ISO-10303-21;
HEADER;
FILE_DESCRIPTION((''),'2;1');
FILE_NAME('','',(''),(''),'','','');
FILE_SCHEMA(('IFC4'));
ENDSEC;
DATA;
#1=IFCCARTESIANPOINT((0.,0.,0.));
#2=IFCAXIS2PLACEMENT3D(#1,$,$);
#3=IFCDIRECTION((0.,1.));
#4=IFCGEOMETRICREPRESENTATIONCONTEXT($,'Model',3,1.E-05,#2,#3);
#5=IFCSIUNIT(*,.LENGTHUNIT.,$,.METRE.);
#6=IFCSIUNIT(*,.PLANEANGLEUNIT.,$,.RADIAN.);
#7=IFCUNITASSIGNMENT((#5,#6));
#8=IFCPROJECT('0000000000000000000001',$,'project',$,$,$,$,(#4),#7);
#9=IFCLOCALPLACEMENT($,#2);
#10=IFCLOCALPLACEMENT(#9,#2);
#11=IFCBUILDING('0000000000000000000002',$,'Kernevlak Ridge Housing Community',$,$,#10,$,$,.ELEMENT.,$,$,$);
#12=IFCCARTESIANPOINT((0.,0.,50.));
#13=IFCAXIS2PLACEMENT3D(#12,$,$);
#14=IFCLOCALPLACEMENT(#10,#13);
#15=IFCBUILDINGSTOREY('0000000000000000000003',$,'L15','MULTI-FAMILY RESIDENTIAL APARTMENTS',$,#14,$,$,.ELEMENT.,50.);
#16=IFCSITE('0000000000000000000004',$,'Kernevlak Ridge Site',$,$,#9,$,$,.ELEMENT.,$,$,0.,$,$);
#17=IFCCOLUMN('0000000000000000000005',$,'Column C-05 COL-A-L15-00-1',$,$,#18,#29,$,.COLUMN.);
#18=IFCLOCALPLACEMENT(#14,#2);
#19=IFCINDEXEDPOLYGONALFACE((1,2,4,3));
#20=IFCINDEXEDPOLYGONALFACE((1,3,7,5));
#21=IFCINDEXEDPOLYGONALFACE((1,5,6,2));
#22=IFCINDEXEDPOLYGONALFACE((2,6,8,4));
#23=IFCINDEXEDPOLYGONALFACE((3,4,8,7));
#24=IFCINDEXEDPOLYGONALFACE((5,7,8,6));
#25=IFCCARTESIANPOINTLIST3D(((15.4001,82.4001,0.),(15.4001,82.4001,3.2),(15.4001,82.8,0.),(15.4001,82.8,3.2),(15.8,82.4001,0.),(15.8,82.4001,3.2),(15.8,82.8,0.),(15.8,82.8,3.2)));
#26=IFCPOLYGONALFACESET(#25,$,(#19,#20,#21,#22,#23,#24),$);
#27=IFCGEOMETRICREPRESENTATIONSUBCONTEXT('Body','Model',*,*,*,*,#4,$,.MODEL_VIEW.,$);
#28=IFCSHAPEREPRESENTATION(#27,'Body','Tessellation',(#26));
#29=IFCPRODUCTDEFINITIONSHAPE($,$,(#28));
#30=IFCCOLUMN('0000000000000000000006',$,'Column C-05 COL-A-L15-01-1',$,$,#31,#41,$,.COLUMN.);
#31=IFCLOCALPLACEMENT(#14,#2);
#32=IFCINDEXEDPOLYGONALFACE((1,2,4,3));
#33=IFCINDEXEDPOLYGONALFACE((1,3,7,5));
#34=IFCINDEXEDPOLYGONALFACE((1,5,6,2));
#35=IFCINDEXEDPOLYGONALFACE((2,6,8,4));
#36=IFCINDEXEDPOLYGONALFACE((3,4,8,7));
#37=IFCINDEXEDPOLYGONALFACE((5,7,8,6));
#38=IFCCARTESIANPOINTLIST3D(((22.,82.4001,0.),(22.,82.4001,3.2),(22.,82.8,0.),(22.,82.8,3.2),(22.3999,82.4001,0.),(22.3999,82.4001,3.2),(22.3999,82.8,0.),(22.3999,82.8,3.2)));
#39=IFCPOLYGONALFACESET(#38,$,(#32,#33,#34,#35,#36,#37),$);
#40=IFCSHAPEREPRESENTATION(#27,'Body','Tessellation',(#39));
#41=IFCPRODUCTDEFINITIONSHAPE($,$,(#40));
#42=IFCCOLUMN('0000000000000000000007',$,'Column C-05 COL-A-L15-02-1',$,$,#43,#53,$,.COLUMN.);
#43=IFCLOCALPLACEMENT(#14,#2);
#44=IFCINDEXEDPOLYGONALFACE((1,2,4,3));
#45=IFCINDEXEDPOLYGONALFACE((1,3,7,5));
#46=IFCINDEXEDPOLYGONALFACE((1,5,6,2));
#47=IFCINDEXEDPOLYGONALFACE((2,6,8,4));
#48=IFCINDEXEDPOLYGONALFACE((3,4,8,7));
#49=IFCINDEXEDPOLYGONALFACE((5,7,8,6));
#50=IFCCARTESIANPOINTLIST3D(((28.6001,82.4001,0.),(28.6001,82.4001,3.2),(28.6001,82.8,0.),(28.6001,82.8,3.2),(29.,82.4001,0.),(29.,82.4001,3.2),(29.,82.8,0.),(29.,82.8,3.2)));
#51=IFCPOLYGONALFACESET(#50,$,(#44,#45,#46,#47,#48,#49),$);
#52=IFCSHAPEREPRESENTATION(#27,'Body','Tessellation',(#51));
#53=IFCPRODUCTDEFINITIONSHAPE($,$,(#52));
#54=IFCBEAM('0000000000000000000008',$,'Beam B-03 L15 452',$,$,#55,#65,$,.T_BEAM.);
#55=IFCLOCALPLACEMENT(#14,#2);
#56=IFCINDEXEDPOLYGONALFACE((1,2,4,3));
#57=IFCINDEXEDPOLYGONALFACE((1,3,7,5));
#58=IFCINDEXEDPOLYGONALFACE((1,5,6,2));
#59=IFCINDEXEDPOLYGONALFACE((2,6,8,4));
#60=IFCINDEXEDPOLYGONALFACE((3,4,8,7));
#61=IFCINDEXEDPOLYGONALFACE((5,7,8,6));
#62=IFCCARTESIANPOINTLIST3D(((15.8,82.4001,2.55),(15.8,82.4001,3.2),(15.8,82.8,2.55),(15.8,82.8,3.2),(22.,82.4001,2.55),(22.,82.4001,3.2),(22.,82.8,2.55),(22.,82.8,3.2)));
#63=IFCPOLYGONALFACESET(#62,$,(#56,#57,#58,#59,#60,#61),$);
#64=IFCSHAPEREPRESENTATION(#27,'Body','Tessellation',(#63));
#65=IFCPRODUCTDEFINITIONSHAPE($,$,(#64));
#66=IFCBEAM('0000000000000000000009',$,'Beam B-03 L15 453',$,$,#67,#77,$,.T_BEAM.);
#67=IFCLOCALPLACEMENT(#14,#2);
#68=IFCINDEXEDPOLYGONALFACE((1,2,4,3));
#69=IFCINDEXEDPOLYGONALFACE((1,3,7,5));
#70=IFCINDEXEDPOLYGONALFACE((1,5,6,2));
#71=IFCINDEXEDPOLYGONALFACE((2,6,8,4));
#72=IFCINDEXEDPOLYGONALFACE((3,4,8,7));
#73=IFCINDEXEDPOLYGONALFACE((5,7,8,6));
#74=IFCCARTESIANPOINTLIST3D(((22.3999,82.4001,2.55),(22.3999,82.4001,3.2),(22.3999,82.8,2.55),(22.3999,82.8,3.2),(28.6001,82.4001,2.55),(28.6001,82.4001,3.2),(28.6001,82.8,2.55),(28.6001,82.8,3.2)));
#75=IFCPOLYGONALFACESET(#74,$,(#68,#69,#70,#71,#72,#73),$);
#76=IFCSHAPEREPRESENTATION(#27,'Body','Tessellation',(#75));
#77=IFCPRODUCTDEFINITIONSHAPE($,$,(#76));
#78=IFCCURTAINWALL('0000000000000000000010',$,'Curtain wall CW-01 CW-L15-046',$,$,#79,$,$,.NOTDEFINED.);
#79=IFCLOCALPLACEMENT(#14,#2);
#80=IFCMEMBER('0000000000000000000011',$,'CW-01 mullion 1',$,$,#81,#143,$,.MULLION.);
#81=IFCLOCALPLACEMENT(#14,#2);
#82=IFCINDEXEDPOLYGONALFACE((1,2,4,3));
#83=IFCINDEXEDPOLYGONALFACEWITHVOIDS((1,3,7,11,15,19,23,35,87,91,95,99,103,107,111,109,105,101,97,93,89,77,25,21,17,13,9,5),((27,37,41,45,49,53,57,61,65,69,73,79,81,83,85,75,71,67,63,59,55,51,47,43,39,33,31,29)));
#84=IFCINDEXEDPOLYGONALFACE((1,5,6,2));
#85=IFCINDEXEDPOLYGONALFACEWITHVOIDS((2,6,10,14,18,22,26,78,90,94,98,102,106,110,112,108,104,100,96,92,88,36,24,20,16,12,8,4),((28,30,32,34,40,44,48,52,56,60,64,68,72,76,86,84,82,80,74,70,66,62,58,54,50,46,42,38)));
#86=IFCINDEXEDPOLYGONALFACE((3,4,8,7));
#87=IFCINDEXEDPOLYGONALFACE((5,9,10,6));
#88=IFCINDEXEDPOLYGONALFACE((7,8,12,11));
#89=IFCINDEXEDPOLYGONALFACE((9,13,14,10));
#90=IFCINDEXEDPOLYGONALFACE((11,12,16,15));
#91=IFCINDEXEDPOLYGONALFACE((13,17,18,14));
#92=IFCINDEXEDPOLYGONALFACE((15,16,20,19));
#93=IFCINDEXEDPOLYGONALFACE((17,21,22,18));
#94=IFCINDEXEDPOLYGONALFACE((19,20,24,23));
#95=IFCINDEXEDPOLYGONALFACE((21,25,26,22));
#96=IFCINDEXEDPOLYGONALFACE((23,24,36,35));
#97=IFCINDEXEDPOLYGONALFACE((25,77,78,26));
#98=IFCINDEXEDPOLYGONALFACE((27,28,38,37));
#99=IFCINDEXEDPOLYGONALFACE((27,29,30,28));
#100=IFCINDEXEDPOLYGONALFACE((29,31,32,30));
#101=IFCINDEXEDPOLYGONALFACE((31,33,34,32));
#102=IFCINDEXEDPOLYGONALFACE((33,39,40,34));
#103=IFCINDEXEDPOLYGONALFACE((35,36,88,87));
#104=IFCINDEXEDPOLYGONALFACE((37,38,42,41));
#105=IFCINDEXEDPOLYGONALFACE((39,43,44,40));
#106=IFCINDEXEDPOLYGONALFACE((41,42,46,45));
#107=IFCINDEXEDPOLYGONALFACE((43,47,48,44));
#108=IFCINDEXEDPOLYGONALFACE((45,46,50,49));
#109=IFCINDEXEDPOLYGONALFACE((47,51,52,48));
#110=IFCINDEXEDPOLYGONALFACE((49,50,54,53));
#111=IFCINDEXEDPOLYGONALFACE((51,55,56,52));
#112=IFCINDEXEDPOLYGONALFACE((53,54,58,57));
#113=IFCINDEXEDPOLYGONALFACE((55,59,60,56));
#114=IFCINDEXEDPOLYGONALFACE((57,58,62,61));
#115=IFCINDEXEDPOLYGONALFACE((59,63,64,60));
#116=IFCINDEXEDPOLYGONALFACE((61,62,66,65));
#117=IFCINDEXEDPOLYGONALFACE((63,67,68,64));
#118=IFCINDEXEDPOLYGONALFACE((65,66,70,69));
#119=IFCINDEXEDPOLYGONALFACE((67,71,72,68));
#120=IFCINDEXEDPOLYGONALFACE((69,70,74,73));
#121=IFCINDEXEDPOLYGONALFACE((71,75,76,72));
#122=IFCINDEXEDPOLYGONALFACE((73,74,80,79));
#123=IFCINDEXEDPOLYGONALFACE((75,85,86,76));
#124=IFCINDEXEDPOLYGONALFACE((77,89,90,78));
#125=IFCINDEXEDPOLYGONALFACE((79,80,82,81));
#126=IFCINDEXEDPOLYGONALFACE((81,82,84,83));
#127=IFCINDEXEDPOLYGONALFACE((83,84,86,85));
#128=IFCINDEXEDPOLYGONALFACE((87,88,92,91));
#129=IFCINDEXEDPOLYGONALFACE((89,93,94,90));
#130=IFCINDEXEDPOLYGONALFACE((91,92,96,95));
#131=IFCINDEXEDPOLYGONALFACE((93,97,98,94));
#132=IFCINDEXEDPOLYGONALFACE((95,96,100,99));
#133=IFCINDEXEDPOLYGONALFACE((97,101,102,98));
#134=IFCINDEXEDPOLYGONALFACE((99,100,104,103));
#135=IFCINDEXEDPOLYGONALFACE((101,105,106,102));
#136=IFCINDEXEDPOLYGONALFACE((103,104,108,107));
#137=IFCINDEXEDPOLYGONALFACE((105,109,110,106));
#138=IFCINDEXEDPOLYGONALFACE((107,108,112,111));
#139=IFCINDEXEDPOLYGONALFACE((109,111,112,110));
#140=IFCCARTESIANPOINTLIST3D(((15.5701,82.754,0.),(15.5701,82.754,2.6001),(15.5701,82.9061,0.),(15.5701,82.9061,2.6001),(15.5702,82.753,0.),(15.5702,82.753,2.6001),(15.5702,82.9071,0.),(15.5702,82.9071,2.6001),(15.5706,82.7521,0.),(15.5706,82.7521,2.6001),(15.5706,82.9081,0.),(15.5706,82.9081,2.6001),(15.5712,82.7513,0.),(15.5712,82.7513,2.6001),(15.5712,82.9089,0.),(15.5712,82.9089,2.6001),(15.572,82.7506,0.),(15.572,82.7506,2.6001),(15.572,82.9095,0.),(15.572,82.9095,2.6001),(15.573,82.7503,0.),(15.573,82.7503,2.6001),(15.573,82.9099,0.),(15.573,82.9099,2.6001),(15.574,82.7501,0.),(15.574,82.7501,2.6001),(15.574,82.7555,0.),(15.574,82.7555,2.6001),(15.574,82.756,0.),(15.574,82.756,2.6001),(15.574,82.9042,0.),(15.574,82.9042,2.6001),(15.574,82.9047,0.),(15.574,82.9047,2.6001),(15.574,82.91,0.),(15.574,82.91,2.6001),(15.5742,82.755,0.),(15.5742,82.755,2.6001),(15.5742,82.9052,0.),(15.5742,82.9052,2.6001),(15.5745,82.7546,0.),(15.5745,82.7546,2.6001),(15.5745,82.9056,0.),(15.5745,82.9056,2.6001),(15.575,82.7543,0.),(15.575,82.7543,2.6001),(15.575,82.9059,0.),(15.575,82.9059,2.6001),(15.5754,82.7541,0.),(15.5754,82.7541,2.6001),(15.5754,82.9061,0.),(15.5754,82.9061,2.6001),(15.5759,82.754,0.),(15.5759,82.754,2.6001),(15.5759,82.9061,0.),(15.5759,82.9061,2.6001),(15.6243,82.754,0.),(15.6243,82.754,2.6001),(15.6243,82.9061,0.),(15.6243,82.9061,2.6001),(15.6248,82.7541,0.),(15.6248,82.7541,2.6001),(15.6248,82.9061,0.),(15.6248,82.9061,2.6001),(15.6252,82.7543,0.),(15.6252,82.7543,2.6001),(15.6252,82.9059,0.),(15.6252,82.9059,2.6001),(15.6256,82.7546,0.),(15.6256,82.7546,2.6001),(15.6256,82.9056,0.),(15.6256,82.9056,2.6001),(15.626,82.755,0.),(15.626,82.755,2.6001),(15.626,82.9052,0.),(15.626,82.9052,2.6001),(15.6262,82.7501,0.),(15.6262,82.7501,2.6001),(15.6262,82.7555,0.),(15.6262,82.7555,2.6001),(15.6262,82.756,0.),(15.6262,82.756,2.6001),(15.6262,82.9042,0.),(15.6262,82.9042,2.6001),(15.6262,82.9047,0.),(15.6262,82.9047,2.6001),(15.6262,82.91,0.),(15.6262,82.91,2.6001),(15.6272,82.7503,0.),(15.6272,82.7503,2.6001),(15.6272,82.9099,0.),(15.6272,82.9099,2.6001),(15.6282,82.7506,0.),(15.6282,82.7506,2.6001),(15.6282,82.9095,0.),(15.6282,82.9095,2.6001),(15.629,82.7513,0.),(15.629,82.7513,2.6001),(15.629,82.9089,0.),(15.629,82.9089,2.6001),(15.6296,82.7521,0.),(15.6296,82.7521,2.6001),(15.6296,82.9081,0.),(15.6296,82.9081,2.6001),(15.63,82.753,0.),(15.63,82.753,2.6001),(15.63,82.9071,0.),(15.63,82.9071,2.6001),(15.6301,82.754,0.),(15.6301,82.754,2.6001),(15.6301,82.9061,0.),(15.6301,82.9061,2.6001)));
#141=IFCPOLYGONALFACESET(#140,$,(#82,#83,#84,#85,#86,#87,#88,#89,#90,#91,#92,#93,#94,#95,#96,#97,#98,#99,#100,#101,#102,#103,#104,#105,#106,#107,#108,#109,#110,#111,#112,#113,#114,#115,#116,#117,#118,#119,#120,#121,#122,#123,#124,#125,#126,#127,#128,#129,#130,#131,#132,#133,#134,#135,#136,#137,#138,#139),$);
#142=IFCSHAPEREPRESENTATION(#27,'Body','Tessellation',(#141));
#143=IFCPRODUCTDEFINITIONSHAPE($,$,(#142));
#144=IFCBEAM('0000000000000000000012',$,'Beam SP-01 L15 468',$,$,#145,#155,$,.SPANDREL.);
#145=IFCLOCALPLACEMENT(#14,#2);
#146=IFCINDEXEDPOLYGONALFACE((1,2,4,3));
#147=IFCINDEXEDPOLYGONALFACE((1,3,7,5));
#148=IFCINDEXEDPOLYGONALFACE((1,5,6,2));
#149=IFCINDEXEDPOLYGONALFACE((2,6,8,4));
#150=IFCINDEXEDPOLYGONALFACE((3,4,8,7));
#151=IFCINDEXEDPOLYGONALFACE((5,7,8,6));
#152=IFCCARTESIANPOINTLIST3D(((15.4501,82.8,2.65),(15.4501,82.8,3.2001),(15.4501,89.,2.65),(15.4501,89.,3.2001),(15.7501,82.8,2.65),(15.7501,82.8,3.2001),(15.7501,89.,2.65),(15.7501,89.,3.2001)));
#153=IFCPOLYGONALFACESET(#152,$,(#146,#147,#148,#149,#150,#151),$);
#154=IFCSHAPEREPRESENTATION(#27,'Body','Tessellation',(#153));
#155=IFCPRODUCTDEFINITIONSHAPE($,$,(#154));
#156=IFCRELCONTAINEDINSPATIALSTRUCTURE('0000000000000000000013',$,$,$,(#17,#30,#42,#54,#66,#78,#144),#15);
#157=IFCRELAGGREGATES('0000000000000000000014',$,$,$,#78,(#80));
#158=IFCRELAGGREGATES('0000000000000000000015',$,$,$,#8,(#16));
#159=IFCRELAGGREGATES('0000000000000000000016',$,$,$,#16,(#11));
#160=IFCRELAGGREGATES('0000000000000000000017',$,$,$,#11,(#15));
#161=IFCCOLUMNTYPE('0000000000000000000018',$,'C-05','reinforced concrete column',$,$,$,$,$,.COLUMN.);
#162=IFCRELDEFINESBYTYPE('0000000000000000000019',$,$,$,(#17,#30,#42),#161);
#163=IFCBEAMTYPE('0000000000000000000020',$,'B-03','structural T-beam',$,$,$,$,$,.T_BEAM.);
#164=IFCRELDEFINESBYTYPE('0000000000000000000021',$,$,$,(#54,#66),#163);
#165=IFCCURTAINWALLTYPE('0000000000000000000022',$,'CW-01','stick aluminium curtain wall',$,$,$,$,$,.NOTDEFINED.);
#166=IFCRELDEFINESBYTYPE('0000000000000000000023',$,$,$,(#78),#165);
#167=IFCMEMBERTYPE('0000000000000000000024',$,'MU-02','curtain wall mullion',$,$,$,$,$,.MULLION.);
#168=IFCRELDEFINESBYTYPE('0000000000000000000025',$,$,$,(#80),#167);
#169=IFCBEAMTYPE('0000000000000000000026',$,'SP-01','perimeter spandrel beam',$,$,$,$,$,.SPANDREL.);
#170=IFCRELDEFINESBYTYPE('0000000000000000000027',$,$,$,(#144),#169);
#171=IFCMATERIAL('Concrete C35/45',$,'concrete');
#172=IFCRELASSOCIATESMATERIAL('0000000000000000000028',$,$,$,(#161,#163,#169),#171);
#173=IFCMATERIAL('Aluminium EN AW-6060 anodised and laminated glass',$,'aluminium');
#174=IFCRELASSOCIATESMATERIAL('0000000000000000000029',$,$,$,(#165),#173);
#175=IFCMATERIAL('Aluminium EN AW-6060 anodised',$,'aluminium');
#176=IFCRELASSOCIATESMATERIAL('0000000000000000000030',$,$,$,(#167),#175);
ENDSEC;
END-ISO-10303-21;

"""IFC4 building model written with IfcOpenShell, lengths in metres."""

from ifc_helpers import new_model, si_unit, direction, frame, origin, origin_2d, place, context, subcontext, project, spatial, rectangle, hollow_rectangle, extrude, material, material_profile, profile_set, type_object, element, aggregate, save


model = new_model("IFC4")

# Units and contexts
model_context = context("Model", 3, precision=1e-05, world=origin(), true_north=direction((0.0, 1.0)))
body_context = subcontext(model_context, "Body", "Model", "MODEL_VIEW")
ifc_project = project(units=[si_unit("LENGTHUNIT", "METRE"), si_unit("PLANEANGLEUNIT", "RADIAN")], contexts=[model_context])

# Site, building, storey
site_placement = place(None, origin())
site = spatial("IfcSite", under=ifc_project, at=site_placement, Name="Kernevlak Ridge Site", CompositionType="ELEMENT", RefElevation=0.0)
building_placement = place(site_placement, origin())
building = spatial("IfcBuilding", under=site, at=building_placement, Name="Kernevlak Ridge Housing Community", CompositionType="ELEMENT")
storey_placement = place(building_placement, frame((0.0, 0.0, 50.0)))
storey = spatial("IfcBuildingStorey", under=building, at=storey_placement, Name="L15", Description="MULTI-FAMILY RESIDENTIAL APARTMENTS", CompositionType="ELEMENT", Elevation=50.0)

# Columns
ifc_material_1 = material(Name="Concrete C35/45", Category="concrete")
ifc_material_profile_1 = material_profile(ifc_material_1, rectangle(XDim=0.3999, YDim=0.3999, at=origin_2d()), Name="RC 400x400")
ifc_profile_set_1 = profile_set([ifc_material_profile_1], Name="Concrete C35/45")
column_type = type_object("IfcColumnType", Name="C-05", Description="reinforced concrete column", PredefinedType="COLUMN", material=ifc_profile_set_1)
for number, where, z_axis, x_axis, name in (
    (1, (15.6001, 82.6001, 0.0), (0.0, 0.0, 1.0), (1.0, 0.0, 0.0), "Column C-05 COL-A-L15-00-1"),
    (2, (22.2, 82.6001, 0.0), (0.0, 0.0, 1.0), (1.0, 0.0, 0.0), "Column C-05 COL-A-L15-01-1"),
    (3, (28.8, 82.6001, 0.0), (0.0, 0.0, 1.0), (1.0, 0.0, 0.0), "Column C-05 COL-A-L15-02-1"),
):
    element("IfcColumn", number, at=place(storey_placement, frame(where, z_axis=z_axis, x_axis=x_axis)), inside=storey, type_object=column_type, Name=name, PredefinedType="COLUMN", context=body_context, shape_type="SweptSolid", body=[
        extrude(rectangle(XDim=0.3999, YDim=0.3999, at=origin_2d()), origin(), (0.0, 0.0, 1.0), 3.2),
    ])

# Beams
ifc_material_profile_2 = material_profile(ifc_material_1, rectangle(XDim=0.3999, YDim=0.6499, at=origin_2d()), Name="RC 400x650")
ifc_profile_set_2 = profile_set([ifc_material_profile_2], Name="Concrete C35/45")
beam_type_1 = type_object("IfcBeamType", Name="B-03", Description="structural T-beam", PredefinedType="T_BEAM", material=ifc_profile_set_2)
beam_1_placement = place(storey_placement, frame((15.8, 82.6001, 2.875), z_axis=(1.0, 0.0, 0.0), x_axis=(0.0, 1.0, 0.0)))
element("IfcBeam", 4, at=beam_1_placement, inside=storey, type_object=beam_type_1, Name="Beam B-03 L15 452", PredefinedType="T_BEAM", context=body_context, shape_type="SweptSolid", body=[
    extrude(rectangle(XDim=0.3999, YDim=0.6499, at=origin_2d()), origin(), (0.0, 0.0, 1.0), 6.2),
])
beam_2_placement = place(storey_placement, frame((22.3999, 82.6001, 2.875), z_axis=(1.0, 0.0, 0.0), x_axis=(0.0, 1.0, 0.0)))
element("IfcBeam", 5, at=beam_2_placement, inside=storey, type_object=beam_type_1, Name="Beam B-03 L15 453", PredefinedType="T_BEAM", context=body_context, shape_type="SweptSolid", body=[
    extrude(rectangle(XDim=0.3999, YDim=0.6499, at=origin_2d()), origin(), (0.0, 0.0, 1.0), 6.2002),
])

# Curtain wall, member
ifc_material_2 = material(Name="Aluminium EN AW-6060 anodised and laminated glass", Category="aluminium")
curtain_wall_type = type_object("IfcCurtainWallType", Name="CW-01", Description="stick aluminium curtain wall", PredefinedType="NOTDEFINED", material=ifc_material_2)
curtain_wall_placement = place(storey_placement, origin())
curtain_wall = element("IfcCurtainWall", 6, at=curtain_wall_placement, inside=storey, type_object=curtain_wall_type, Name="Curtain wall CW-01 CW-L15-046", PredefinedType="NOTDEFINED")
ifc_material_3 = material(Name="Aluminium EN AW-6060 anodised", Category="aluminium")
ifc_material_profile_3 = material_profile(ifc_material_3, hollow_rectangle(XDim=0.0601, YDim=0.1599, WallThickness=0.0039, InnerFilletRadius=0.002, OuterFilletRadius=0.0039, at=origin_2d()), Name="ALU 60x160x4")
ifc_profile_set_3 = profile_set([ifc_material_profile_3], Name="Aluminium EN AW-6060 anodised")
member_type_1 = type_object("IfcMemberType", Name="MU-02", Description="curtain wall mullion", PredefinedType="MULLION", material=ifc_profile_set_3)
member_1_placement = place(storey_placement, frame((15.6001, 82.8301, 0.0), z_axis=(0.0, 0.0, 1.0), x_axis=(-1.0, 0.0, 0.0)))
member_1 = element("IfcMember", 7, at=member_1_placement, type_object=member_type_1, Name="CW-01 mullion 1", PredefinedType="MULLION", context=body_context, shape_type="SweptSolid", body=[
    extrude(hollow_rectangle(XDim=0.0601, YDim=0.1599, WallThickness=0.0039, InnerFilletRadius=0.002, OuterFilletRadius=0.0039, at=origin_2d()), origin(), (0.0, 0.0, 1.0), 2.6001),
])

# Beam
ifc_material_profile_4 = material_profile(ifc_material_1, rectangle(XDim=0.3, YDim=0.55, at=origin_2d()), Name="RC 300x550")
ifc_profile_set_4 = profile_set([ifc_material_profile_4], Name="Concrete C35/45")
beam_type_2 = type_object("IfcBeamType", Name="SP-01", Description="perimeter spandrel beam", PredefinedType="SPANDREL", material=ifc_profile_set_4)
beam_3_placement = place(storey_placement, frame((15.6001, 82.8, 2.925), z_axis=(0.0, 1.0, 0.0), x_axis=(-1.0, 0.0, 0.0)))
element("IfcBeam", 8, at=beam_3_placement, inside=storey, type_object=beam_type_2, Name="Beam SP-01 L15 468", PredefinedType="SPANDREL", context=body_context, shape_type="SweptSolid", body=[
    extrude(rectangle(XDim=0.3, YDim=0.55, at=origin_2d()), origin(), (0.0, 0.0, 1.0), 6.2),
])

aggregate(curtain_wall, [member_1])

save(model, "model.ifc")
